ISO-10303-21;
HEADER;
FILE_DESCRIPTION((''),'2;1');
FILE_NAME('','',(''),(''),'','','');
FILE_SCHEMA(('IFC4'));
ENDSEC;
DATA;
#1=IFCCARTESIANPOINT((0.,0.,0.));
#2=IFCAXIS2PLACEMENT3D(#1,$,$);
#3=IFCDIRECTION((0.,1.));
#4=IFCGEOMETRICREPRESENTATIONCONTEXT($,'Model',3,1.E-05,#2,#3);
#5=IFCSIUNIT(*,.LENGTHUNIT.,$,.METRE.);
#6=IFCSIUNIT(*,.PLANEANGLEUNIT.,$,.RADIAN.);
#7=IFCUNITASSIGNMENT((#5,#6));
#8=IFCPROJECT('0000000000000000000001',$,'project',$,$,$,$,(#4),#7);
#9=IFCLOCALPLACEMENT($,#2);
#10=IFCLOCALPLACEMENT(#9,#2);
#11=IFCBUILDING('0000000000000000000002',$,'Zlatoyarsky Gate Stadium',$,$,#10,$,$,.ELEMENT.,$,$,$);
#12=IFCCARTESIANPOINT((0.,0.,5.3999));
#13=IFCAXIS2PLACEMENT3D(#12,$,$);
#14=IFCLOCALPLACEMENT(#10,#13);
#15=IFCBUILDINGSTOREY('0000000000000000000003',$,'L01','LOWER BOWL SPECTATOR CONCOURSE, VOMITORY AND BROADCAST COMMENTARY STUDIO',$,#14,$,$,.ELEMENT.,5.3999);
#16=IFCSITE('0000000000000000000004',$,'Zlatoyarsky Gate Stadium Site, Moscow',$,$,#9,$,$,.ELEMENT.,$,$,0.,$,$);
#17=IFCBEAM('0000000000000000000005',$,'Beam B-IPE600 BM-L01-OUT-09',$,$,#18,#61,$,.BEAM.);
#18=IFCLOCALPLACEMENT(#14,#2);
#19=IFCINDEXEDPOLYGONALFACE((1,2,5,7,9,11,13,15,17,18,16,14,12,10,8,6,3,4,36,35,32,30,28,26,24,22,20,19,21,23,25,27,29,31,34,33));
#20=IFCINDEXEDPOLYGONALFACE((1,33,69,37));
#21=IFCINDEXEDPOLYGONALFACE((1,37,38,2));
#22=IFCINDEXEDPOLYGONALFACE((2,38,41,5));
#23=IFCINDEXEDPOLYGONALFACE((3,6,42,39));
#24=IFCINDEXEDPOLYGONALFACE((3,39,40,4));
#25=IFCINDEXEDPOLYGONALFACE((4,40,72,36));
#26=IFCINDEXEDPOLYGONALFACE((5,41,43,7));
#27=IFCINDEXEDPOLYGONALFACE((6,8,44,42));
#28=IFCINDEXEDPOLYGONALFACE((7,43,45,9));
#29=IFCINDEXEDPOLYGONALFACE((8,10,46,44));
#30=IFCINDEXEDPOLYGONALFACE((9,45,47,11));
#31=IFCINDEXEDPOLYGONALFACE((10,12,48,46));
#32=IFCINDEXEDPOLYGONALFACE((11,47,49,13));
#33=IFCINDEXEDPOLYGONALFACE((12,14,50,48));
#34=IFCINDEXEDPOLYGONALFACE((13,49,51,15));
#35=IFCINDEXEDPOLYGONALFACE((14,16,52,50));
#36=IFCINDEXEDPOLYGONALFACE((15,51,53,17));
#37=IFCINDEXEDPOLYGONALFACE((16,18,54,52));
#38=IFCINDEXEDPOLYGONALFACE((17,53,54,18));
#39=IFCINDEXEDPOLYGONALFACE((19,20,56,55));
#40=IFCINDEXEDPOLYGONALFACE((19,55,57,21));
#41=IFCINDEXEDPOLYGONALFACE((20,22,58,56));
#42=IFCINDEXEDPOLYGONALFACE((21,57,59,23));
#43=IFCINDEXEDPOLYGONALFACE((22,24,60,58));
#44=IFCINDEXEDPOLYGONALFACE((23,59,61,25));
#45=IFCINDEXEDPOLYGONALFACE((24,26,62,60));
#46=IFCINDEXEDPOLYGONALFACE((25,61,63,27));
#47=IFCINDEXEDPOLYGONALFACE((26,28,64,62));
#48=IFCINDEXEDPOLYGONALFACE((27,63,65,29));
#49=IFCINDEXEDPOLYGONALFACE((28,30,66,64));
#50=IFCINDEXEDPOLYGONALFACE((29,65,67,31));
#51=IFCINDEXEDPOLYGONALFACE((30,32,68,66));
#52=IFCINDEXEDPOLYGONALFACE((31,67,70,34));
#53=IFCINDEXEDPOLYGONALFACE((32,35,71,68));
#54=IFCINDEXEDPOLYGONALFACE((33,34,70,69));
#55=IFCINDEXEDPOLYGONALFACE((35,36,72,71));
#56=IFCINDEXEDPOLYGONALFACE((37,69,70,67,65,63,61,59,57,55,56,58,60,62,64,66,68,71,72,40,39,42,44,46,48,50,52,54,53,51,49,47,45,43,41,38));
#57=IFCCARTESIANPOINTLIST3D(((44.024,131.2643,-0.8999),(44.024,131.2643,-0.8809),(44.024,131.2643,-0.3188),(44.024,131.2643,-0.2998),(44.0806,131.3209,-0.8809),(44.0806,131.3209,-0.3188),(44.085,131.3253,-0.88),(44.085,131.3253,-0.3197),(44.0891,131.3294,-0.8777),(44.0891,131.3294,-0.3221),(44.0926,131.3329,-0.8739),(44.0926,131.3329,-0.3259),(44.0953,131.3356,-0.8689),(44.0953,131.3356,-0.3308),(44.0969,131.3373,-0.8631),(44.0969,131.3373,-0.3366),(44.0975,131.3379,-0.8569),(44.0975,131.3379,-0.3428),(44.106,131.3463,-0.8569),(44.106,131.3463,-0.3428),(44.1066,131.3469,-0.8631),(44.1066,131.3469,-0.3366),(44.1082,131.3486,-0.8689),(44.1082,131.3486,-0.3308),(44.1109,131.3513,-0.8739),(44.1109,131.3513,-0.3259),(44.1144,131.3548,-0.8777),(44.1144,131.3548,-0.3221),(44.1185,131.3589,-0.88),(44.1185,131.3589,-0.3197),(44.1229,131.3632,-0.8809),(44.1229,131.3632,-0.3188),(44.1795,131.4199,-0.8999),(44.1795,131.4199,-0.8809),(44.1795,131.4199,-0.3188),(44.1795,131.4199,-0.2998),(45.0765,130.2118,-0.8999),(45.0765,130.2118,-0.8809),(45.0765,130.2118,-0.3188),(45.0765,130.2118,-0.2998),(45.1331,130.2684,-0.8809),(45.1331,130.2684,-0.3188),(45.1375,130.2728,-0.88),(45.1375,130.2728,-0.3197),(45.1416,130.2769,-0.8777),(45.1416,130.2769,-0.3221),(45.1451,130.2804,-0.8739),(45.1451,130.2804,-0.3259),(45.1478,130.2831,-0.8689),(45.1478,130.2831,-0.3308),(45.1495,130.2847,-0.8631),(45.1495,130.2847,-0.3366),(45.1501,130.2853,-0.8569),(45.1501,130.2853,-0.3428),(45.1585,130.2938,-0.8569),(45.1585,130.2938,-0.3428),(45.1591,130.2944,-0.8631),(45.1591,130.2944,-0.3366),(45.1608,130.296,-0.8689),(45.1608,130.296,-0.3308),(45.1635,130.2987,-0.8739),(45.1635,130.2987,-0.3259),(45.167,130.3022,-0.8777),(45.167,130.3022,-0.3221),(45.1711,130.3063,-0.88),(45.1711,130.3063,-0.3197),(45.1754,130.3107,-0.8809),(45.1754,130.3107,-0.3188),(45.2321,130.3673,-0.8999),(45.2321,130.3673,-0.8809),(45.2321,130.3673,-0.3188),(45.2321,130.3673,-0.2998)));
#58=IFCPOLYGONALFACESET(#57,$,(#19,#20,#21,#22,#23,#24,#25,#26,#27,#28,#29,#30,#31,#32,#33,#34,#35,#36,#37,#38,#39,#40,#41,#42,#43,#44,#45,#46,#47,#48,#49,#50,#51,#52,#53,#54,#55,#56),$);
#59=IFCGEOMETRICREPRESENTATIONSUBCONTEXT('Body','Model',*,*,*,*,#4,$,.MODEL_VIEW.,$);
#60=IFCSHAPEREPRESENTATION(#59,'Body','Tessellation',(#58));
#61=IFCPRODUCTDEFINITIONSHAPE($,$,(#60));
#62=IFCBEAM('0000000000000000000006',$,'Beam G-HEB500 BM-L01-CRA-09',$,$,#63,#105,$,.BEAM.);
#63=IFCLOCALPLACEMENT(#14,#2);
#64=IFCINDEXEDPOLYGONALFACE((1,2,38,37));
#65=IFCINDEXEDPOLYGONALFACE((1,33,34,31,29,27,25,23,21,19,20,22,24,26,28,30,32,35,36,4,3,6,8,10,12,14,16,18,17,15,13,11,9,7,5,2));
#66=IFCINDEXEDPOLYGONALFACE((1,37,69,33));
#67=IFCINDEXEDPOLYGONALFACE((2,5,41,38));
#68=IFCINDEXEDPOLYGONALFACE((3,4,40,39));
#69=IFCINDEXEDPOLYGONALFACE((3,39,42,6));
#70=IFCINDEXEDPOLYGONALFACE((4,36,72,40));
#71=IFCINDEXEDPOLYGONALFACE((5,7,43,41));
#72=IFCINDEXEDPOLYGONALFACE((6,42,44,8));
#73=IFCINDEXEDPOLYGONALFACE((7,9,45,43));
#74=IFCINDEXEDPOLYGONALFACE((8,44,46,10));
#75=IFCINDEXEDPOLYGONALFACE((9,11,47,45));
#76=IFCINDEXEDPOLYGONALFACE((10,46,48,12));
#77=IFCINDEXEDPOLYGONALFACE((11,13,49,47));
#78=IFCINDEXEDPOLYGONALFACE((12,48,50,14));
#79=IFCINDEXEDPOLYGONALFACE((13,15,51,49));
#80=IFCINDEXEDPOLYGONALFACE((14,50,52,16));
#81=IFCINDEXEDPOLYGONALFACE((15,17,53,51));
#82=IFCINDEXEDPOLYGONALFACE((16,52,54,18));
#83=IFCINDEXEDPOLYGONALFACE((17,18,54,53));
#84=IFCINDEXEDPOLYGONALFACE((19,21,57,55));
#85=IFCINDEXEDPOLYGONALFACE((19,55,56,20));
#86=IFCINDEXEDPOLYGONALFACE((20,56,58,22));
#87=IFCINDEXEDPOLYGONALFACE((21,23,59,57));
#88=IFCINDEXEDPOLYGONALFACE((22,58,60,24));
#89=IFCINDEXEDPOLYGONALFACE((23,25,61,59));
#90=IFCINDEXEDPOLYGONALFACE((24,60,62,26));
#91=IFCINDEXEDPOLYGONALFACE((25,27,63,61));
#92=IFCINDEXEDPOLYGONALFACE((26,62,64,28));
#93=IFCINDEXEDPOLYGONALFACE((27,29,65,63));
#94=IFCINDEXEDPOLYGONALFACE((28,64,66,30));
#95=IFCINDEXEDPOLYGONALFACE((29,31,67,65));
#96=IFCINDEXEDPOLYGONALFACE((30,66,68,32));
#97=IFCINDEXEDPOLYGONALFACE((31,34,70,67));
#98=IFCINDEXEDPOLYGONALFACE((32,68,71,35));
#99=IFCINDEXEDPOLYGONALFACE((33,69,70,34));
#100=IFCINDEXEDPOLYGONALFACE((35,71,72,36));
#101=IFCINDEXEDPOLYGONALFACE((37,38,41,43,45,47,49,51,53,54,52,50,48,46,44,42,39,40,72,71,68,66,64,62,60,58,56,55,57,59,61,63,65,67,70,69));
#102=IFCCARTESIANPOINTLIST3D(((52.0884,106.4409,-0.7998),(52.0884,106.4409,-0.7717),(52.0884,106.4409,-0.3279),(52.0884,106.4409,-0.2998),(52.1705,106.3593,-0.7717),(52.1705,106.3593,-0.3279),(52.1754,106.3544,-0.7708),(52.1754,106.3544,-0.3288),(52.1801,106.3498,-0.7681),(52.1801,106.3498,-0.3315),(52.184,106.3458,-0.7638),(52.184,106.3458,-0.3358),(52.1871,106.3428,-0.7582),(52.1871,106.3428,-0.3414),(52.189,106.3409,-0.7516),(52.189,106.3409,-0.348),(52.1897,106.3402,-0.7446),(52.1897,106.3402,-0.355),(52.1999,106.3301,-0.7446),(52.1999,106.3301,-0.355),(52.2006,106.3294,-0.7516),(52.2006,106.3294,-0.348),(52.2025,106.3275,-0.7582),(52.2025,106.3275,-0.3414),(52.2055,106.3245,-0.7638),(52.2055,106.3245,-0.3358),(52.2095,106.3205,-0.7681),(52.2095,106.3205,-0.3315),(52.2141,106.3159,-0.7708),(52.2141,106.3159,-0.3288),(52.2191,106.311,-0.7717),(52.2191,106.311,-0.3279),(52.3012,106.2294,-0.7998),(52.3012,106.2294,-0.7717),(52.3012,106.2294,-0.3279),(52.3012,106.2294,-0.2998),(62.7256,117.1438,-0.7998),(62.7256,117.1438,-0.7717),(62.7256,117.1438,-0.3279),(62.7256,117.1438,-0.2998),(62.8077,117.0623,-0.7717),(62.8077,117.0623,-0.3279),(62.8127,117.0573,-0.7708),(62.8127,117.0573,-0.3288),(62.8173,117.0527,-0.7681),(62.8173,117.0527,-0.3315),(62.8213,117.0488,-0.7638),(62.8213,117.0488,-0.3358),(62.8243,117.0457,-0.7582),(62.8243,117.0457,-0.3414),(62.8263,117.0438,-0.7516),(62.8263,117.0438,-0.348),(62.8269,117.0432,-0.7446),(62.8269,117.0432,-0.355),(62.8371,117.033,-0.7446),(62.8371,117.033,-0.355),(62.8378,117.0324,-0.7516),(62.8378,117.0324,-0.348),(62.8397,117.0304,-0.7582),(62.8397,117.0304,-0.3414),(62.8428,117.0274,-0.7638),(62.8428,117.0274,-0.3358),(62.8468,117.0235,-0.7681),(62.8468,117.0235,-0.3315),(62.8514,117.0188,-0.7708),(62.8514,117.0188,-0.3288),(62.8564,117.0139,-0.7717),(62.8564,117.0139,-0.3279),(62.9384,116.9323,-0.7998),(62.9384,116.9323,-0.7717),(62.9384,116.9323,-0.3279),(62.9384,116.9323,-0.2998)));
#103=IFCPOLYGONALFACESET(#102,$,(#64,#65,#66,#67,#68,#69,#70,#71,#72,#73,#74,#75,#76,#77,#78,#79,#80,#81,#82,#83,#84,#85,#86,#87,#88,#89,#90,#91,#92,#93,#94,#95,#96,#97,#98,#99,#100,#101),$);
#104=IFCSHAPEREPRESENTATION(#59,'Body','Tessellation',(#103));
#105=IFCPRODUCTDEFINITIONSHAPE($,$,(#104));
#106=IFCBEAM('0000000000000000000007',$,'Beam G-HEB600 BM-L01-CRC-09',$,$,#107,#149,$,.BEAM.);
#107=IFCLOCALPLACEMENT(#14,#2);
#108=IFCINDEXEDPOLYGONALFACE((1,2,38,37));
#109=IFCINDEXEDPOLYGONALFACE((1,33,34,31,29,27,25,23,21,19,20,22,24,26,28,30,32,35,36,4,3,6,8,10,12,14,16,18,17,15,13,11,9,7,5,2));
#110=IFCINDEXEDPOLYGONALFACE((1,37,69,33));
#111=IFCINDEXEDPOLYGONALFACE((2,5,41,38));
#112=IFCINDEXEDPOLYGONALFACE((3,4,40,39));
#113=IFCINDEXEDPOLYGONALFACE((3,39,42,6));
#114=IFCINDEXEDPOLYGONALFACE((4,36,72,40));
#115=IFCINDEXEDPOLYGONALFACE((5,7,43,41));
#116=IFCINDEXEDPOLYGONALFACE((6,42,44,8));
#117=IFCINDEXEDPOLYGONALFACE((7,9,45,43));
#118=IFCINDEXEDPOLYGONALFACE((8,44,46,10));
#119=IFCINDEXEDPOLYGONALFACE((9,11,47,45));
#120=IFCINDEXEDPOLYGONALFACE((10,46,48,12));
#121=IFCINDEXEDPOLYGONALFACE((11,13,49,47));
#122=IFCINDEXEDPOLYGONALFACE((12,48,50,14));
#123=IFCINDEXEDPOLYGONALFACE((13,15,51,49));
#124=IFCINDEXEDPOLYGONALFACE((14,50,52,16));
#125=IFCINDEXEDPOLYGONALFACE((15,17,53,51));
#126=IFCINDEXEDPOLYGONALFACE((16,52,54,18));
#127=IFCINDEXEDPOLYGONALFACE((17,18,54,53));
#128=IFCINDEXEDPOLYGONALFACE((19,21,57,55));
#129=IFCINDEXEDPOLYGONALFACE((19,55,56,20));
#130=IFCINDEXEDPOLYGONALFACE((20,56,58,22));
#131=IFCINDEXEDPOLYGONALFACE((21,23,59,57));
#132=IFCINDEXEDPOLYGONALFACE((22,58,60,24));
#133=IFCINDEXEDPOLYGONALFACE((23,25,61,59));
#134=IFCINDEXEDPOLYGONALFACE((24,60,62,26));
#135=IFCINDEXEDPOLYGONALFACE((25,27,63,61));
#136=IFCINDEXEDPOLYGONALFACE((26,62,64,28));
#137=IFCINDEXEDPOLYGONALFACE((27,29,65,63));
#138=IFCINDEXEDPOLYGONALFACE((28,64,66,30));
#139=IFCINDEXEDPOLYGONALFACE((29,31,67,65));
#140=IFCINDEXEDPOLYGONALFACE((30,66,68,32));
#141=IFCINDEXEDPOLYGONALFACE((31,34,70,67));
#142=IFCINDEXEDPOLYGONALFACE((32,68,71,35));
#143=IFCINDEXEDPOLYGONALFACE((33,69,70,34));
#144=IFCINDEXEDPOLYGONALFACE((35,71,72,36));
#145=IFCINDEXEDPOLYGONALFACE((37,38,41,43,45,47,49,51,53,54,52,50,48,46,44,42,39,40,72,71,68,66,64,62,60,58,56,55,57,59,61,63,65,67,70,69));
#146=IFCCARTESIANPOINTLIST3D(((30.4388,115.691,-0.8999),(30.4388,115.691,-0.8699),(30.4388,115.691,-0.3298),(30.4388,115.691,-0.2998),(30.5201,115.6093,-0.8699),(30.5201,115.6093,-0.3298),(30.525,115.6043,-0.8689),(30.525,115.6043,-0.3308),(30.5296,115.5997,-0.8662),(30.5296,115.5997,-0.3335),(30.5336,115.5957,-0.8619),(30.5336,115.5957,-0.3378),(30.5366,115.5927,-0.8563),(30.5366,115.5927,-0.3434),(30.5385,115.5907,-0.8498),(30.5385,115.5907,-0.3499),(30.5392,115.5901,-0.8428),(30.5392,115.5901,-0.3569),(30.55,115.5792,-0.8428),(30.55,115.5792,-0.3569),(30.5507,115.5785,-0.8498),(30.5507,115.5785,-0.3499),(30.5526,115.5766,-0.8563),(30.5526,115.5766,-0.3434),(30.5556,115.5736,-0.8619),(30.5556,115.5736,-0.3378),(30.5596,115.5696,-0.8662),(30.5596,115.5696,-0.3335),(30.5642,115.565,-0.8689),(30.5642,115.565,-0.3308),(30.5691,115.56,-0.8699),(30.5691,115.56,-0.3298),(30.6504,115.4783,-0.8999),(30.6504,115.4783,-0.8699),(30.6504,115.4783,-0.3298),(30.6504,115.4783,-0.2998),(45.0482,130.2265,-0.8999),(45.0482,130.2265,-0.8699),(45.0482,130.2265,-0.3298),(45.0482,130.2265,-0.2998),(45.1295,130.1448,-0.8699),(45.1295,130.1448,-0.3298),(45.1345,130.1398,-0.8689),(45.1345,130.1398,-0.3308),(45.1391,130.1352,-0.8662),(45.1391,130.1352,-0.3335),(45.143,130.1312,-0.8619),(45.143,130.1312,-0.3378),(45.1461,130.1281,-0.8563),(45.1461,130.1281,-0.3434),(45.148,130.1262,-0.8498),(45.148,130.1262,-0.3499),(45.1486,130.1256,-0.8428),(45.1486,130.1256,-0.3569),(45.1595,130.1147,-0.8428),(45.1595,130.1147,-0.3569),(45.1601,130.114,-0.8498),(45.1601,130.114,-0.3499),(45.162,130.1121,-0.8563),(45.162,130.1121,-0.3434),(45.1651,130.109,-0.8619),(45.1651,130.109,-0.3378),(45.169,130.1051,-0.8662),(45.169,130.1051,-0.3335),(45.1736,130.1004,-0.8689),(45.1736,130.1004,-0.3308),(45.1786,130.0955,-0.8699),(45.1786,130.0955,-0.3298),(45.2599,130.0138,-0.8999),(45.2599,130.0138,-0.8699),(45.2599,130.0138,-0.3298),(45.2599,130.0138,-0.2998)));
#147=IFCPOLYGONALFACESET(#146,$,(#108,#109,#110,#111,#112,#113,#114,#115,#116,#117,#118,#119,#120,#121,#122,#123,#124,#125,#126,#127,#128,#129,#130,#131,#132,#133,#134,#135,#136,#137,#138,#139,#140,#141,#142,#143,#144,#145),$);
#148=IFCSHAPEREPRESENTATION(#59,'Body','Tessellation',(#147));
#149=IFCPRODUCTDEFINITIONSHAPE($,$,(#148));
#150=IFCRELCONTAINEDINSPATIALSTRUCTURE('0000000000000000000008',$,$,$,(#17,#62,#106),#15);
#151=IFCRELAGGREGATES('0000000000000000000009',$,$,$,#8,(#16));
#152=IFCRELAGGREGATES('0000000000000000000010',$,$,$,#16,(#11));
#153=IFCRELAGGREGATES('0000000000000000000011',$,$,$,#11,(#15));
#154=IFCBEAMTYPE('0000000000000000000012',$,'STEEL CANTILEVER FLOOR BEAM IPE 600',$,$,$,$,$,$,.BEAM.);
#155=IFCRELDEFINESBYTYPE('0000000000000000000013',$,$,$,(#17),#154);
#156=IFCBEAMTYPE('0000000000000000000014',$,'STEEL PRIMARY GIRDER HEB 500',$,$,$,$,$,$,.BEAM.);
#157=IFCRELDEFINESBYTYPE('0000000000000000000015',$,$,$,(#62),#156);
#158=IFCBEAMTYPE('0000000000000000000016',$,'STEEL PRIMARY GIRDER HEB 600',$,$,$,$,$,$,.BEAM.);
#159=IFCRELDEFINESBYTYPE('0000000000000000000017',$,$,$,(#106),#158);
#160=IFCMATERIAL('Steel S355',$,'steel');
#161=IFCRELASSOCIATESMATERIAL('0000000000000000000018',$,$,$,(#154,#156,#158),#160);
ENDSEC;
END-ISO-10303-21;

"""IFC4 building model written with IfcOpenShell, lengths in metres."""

from ifc_helpers import new_model, si_unit, direction, frame, origin, origin_2d, place, context, subcontext, project, spatial, i_section, extrude, material, material_profile, profile_set, type_object, element, save


model = new_model("IFC4")

# Units and contexts
model_context = context("Model", 3, precision=1e-05, world=origin(), true_north=direction((0.0, 1.0)))
body_context = subcontext(model_context, "Body", "Model", "MODEL_VIEW")
ifc_project = project(units=[si_unit("LENGTHUNIT", "METRE"), si_unit("PLANEANGLEUNIT", "RADIAN")], contexts=[model_context])

# Site, building, storey
site_placement = place(None, origin())
site = spatial("IfcSite", under=ifc_project, at=site_placement, Name="Zlatoyarsky Gate Stadium Site, Moscow", CompositionType="ELEMENT", RefElevation=0.0)
building_placement = place(site_placement, origin())
building = spatial("IfcBuilding", under=site, at=building_placement, Name="Zlatoyarsky Gate Stadium", CompositionType="ELEMENT")
storey_placement = place(building_placement, frame((0.0, 0.0, 5.3999)))
storey = spatial("IfcBuildingStorey", under=building, at=storey_placement, Name="L01", Description="LOWER BOWL SPECTATOR CONCOURSE, VOMITORY AND BROADCAST COMMENTARY STUDIO", CompositionType="ELEMENT", Elevation=5.3999)

# Shared definitions
ifc_material_1 = material(Name="Steel S355", Category="steel")

# Beams
ifc_material_profile_1 = material_profile(ifc_material_1, i_section(OverallWidth=0.22, OverallDepth=0.6001, WebThickness=0.012, FlangeThickness=0.019, FilletRadius=0.0239, at=origin_2d()), Name="IPE 600")
ifc_profile_set_1 = profile_set([ifc_material_profile_1], Name="Steel S355")
beam_type_1 = type_object("IfcBeamType", Name="STEEL CANTILEVER FLOOR BEAM IPE 600", PredefinedType="BEAM", material=ifc_profile_set_1)
beam_1_placement = place(storey_placement, frame((45.1543, 130.2896, -0.5999), z_axis=(-0.707107, 0.707107, 0.0), x_axis=(-0.707107, -0.707107, 0.0)))
element("IfcBeam", 1, at=beam_1_placement, inside=storey, type_object=beam_type_1, Name="Beam B-IPE600 BM-L01-OUT-09", PredefinedType="BEAM", context=body_context, shape_type="SweptSolid", body=[
    extrude(i_section(OverallWidth=0.22, OverallDepth=0.6001, WebThickness=0.012, FlangeThickness=0.019, FilletRadius=0.0239, at=origin_2d()), origin(), (0.0, 0.0, 1.0), 1.4885),
])
ifc_material_profile_2 = material_profile(ifc_material_1, i_section(OverallWidth=0.3, OverallDepth=0.5, WebThickness=0.0144, FlangeThickness=0.0281, FilletRadius=0.0271, at=origin_2d()), Name="HEB 500")
ifc_profile_set_2 = profile_set([ifc_material_profile_2], Name="Steel S355")
beam_type_2 = type_object("IfcBeamType", Name="STEEL PRIMARY GIRDER HEB 500", PredefinedType="BEAM", material=ifc_profile_set_2)
beam_2_placement = place(storey_placement, frame((62.832, 117.0381, -0.5498), z_axis=(-0.704927, -0.70928, 0.0), x_axis=(0.70928, -0.704927, 0.0)))
element("IfcBeam", 2, at=beam_2_placement, inside=storey, type_object=beam_type_2, Name="Beam G-HEB500 BM-L01-CRA-09", PredefinedType="BEAM", context=body_context, shape_type="SweptSolid", body=[
    extrude(i_section(OverallWidth=0.3, OverallDepth=0.5, WebThickness=0.0144, FlangeThickness=0.0281, FilletRadius=0.0271, at=origin_2d()), origin(), (0.0, 0.0, 1.0), 15.0898),
])
ifc_material_profile_3 = material_profile(ifc_material_1, i_section(OverallWidth=0.3, OverallDepth=0.6001, WebThickness=0.0154, FlangeThickness=0.03, FilletRadius=0.0271, at=origin_2d()), Name="HEB 600")
ifc_profile_set_3 = profile_set([ifc_material_profile_3], Name="Steel S355")
beam_type_3 = type_object("IfcBeamType", Name="STEEL PRIMARY GIRDER HEB 600", PredefinedType="BEAM", material=ifc_profile_set_3)
beam_3_placement = place(storey_placement, frame((45.1541, 130.1201, -0.5999), z_axis=(-0.708899, -0.70531, 0.0), x_axis=(0.70531, -0.708899, 0.0)))
element("IfcBeam", 3, at=beam_3_placement, inside=storey, type_object=beam_type_3, Name="Beam G-HEB600 BM-L01-CRC-09", PredefinedType="BEAM", context=body_context, shape_type="SweptSolid", body=[
    extrude(i_section(OverallWidth=0.3, OverallDepth=0.6001, WebThickness=0.0154, FlangeThickness=0.03, FilletRadius=0.0271, at=origin_2d()), origin(), (0.0, 0.0, 1.0), 20.6086),
])

save(model, "model.ifc")
